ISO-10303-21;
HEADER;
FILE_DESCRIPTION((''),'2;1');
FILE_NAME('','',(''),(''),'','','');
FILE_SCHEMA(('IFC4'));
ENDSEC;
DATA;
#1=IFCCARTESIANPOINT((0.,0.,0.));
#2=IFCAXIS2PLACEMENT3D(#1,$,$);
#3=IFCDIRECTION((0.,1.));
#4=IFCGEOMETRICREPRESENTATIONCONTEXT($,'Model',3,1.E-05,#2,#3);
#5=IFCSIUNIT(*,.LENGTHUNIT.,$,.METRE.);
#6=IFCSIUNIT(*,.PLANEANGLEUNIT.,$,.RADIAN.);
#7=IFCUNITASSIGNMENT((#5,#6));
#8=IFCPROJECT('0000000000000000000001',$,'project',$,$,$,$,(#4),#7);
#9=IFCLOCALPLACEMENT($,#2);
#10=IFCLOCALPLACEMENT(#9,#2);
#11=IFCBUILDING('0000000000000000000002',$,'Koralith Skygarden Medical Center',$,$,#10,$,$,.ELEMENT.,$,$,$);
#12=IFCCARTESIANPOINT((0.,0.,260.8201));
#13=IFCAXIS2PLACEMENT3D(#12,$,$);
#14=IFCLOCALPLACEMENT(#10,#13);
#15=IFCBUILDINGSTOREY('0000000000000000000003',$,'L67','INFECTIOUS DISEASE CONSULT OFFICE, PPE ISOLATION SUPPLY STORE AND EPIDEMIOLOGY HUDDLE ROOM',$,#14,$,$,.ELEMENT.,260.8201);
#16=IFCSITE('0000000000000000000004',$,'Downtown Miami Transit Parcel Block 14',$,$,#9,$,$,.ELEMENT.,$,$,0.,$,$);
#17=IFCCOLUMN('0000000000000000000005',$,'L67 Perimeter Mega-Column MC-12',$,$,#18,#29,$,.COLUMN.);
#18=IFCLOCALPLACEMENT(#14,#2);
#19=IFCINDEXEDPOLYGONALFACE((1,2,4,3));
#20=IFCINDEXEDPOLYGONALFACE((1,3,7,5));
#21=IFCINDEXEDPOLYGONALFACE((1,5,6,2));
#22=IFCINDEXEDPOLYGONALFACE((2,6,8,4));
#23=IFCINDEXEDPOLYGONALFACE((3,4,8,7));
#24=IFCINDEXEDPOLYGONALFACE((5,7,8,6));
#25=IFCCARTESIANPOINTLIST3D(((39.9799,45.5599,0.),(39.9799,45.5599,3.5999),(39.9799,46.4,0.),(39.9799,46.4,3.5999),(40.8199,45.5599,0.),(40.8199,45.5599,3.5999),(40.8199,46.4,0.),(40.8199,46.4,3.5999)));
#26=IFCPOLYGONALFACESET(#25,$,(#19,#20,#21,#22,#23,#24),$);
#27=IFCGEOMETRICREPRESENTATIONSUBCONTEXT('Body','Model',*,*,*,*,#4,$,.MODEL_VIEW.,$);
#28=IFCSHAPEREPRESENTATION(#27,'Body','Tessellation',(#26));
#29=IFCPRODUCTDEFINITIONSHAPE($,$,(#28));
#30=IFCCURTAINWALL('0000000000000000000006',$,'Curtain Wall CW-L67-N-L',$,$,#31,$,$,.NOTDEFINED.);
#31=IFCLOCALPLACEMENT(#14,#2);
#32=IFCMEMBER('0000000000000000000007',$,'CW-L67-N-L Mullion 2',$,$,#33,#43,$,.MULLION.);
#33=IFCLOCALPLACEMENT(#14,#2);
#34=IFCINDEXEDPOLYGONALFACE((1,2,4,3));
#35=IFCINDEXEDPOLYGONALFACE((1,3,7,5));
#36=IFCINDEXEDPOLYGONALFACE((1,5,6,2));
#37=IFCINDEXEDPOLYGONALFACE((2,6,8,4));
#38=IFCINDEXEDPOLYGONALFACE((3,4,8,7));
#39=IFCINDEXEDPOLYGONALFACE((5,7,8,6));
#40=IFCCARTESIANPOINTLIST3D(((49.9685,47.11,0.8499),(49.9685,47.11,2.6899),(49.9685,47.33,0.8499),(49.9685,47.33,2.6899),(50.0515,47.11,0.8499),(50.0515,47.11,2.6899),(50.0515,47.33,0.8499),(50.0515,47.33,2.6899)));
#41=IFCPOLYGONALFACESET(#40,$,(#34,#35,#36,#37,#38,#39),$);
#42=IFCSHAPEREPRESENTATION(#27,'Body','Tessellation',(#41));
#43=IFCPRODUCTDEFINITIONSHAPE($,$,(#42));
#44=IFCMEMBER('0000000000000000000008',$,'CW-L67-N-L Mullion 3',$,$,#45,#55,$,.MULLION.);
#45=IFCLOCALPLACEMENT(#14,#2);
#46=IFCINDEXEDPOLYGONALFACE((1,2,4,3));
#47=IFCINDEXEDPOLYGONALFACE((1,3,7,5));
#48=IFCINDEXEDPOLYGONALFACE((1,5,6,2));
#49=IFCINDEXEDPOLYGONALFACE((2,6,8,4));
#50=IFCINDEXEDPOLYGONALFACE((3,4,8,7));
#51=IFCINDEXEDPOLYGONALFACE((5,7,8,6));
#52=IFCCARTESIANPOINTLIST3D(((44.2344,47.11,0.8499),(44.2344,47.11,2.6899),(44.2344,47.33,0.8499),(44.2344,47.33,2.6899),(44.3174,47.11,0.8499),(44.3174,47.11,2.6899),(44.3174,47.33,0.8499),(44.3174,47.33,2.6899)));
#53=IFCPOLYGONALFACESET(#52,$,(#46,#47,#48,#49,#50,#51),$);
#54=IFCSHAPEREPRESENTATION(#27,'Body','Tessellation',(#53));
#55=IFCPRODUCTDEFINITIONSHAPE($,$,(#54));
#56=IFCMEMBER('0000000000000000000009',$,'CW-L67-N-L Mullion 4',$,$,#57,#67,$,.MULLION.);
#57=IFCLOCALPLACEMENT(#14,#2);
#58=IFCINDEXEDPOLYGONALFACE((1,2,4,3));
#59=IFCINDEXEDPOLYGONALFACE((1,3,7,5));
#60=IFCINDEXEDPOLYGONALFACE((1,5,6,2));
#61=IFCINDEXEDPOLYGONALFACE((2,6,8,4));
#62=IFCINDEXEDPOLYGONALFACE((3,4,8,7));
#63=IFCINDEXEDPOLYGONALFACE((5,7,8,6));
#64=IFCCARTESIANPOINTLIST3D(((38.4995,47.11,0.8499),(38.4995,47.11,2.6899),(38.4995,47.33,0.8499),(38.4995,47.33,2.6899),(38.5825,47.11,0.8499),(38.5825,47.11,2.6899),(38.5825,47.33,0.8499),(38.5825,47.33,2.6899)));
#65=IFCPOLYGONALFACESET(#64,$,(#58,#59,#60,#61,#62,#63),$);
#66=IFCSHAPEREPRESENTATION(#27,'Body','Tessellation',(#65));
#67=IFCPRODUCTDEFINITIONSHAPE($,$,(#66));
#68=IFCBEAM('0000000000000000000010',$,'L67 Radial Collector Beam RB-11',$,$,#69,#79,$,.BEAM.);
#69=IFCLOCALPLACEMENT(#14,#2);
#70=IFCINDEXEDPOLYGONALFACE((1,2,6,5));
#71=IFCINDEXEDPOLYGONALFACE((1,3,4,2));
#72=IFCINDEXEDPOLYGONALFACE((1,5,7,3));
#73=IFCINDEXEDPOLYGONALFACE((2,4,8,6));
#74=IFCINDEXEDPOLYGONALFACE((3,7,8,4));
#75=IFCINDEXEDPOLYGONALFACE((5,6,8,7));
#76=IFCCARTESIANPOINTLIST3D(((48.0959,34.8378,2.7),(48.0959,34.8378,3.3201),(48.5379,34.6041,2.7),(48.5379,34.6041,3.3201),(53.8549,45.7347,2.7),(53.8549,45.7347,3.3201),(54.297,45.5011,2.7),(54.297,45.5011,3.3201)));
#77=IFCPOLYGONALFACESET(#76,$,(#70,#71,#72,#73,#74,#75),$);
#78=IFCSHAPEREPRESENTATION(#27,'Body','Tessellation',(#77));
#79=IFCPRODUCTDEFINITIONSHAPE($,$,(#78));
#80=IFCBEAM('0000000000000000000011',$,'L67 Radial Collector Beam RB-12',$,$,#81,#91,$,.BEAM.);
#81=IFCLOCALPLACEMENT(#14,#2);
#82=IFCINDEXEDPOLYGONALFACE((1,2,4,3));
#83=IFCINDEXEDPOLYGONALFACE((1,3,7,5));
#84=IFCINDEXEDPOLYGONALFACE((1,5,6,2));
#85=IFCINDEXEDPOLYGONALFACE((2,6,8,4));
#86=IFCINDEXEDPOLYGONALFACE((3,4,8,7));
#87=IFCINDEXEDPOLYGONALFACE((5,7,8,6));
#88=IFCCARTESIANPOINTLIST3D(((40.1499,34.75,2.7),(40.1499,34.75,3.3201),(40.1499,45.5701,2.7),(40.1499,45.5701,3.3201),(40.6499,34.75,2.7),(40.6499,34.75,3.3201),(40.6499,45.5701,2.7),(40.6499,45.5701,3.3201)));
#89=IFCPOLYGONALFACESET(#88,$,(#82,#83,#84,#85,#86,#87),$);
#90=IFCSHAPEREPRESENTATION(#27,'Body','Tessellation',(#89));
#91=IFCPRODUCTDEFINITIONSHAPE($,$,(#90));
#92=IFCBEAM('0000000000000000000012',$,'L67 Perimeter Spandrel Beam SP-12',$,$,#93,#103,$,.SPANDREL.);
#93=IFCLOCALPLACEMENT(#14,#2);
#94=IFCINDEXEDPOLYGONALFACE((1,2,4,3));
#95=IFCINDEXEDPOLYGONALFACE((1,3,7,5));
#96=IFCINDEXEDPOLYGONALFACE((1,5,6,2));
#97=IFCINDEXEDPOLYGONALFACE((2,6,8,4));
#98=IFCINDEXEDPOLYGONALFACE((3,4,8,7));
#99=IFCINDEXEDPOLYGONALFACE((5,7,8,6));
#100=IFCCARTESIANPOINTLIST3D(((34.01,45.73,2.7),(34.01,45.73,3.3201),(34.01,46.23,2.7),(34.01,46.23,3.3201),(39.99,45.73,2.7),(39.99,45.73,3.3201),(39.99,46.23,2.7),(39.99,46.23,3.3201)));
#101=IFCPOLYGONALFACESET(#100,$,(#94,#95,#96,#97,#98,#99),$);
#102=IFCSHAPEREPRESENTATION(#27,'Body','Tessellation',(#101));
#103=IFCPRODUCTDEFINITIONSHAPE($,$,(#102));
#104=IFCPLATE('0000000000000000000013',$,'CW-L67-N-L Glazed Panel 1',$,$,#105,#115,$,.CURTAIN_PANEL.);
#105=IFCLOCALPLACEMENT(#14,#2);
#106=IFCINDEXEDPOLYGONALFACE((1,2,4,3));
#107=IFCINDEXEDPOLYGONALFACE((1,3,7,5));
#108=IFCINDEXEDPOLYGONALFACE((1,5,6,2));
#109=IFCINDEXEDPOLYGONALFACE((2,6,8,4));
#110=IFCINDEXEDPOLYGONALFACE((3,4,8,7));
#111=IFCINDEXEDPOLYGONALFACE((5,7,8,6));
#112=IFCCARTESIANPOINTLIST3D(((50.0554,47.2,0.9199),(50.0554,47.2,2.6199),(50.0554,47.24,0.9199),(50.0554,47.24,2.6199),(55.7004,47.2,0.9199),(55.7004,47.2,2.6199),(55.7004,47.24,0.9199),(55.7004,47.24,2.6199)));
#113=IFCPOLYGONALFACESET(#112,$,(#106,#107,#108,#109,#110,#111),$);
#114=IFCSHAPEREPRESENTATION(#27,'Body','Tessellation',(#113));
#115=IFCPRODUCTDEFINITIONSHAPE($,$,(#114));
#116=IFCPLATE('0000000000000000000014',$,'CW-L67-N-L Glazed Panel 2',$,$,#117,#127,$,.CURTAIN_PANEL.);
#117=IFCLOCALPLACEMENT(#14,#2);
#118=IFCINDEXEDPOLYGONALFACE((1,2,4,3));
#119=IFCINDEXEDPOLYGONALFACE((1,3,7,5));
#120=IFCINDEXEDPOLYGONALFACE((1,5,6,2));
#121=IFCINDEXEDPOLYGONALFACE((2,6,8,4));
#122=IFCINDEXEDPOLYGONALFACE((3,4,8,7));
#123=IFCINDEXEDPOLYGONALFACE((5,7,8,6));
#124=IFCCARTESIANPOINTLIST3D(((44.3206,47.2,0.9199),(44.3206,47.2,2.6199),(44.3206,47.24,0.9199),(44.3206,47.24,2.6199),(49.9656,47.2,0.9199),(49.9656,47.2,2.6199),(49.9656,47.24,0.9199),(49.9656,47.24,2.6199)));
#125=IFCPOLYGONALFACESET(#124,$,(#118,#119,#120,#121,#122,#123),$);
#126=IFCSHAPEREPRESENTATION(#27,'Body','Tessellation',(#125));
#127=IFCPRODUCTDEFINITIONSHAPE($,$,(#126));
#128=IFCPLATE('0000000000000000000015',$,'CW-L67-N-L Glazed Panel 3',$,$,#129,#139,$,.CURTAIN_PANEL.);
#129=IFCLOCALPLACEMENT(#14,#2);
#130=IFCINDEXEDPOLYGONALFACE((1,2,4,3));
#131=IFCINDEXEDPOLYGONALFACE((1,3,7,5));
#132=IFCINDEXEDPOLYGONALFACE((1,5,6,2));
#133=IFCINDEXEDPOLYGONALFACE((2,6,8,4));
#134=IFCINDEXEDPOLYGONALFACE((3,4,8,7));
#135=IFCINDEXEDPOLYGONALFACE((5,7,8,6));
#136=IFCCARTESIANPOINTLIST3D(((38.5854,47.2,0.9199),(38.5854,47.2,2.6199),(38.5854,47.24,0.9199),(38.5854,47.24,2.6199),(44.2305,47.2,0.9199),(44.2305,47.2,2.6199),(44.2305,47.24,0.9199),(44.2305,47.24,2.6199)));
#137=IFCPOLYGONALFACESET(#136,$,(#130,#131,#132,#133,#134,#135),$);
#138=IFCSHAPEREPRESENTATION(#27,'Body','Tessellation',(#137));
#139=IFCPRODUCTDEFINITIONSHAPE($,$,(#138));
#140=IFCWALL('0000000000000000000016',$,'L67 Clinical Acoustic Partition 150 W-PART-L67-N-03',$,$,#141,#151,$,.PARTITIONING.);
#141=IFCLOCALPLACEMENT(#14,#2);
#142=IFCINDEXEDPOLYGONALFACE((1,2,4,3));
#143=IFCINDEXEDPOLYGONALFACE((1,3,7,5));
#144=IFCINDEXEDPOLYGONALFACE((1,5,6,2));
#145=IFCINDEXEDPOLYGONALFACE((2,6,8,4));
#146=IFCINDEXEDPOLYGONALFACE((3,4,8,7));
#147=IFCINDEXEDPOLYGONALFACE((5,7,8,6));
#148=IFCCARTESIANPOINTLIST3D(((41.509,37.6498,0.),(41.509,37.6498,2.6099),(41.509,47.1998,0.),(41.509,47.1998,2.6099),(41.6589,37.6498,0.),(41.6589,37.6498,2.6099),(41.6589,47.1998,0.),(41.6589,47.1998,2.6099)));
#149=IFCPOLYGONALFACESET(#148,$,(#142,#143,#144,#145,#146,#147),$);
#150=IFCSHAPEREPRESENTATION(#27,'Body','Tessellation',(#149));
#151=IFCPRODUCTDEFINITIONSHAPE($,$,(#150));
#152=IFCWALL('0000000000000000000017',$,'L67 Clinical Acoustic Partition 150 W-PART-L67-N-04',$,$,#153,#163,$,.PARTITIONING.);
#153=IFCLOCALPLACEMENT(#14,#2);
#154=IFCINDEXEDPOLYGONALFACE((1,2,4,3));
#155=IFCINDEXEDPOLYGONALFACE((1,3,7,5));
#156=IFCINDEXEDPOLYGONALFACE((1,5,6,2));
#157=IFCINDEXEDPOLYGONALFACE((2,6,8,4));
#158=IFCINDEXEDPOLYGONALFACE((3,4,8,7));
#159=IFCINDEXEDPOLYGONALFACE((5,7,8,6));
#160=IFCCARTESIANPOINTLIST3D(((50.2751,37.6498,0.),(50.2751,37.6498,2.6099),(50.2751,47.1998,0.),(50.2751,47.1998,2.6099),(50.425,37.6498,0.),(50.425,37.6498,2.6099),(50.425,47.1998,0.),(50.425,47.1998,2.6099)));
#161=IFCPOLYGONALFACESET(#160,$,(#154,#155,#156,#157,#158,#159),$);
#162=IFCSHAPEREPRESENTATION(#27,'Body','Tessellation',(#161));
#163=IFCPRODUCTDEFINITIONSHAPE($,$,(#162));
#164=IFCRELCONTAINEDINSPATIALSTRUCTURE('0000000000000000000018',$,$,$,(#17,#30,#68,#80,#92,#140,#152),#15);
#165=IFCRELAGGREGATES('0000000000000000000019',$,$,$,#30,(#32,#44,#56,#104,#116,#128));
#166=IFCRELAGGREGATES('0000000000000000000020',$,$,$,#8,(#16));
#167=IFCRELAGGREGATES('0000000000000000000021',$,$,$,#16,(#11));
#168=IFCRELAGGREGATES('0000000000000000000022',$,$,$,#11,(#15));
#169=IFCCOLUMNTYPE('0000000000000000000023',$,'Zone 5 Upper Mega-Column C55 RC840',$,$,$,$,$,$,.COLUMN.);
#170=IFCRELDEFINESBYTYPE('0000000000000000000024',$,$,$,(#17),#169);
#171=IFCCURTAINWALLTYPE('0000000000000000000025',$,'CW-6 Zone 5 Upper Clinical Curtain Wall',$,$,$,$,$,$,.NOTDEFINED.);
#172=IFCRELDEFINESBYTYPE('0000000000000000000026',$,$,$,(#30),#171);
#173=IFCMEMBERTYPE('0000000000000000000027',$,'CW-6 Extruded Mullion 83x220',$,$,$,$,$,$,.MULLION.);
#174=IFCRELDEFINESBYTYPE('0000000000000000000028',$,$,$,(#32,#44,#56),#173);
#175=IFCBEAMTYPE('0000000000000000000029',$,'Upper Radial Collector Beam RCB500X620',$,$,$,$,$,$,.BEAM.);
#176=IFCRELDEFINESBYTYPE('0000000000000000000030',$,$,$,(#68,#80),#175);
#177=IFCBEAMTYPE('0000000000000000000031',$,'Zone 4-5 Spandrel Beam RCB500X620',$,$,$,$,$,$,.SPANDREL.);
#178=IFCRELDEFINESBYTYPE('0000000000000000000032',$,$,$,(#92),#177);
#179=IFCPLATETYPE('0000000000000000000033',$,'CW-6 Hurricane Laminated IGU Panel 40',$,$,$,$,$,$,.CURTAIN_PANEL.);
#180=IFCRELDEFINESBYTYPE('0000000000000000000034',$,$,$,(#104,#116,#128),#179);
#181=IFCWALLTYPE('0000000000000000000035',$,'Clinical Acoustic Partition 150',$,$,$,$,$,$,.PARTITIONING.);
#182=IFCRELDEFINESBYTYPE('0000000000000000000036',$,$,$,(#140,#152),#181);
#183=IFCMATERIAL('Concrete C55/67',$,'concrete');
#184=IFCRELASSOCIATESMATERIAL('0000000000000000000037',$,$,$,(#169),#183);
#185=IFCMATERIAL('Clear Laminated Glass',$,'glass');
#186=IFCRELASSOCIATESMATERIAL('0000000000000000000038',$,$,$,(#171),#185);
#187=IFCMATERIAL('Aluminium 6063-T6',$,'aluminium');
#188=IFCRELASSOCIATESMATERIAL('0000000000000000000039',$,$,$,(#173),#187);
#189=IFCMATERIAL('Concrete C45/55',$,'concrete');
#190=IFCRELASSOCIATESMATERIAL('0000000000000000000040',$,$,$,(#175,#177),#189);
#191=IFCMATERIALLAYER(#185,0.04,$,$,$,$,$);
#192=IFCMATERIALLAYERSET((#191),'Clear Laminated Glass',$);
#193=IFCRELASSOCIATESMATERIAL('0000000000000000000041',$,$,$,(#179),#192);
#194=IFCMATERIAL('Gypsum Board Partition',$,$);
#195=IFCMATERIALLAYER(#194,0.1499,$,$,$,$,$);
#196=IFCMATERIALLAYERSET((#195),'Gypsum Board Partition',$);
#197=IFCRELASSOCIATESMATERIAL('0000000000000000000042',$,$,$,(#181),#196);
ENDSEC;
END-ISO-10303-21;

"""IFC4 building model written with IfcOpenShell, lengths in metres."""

from ifc_helpers import new_model, si_unit, direction, frame, frame_2d, origin, origin_2d, place, context, subcontext, project, spatial, rectangle, extrude, material, layer, layer_set, material_profile, profile_set, type_object, element, aggregate, save


model = new_model("IFC4")

# Units and contexts
model_context = context("Model", 3, precision=1e-05, world=origin(), true_north=direction((0.0, 1.0)))
body_context = subcontext(model_context, "Body", "Model", "MODEL_VIEW")
ifc_project = project(units=[si_unit("LENGTHUNIT", "METRE"), si_unit("PLANEANGLEUNIT", "RADIAN")], contexts=[model_context])

# Site, building, storey
site_placement = place(None, origin())
site = spatial("IfcSite", under=ifc_project, at=site_placement, Name="Downtown Miami Transit Parcel Block 14", CompositionType="ELEMENT", RefElevation=0.0)
building_placement = place(site_placement, origin())
building = spatial("IfcBuilding", under=site, at=building_placement, Name="Koralith Skygarden Medical Center", CompositionType="ELEMENT")
storey_placement = place(building_placement, frame((0.0, 0.0, 260.8201)))
storey = spatial("IfcBuildingStorey", under=building, at=storey_placement, Name="L67", Description="INFECTIOUS DISEASE CONSULT OFFICE, PPE ISOLATION SUPPLY STORE AND EPIDEMIOLOGY HUDDLE ROOM", CompositionType="ELEMENT", Elevation=260.8201)

# Column
ifc_material_1 = material(Name="Concrete C55/67", Category="concrete")
ifc_material_profile_1 = material_profile(ifc_material_1, rectangle(XDim=0.8401, YDim=0.8401, at=origin_2d()), Name="RC840X840")
ifc_profile_set_1 = profile_set([ifc_material_profile_1], Name="Concrete C55/67")
column_type = type_object("IfcColumnType", Name="Zone 5 Upper Mega-Column C55 RC840", PredefinedType="COLUMN", material=ifc_profile_set_1)
column_placement = place(storey_placement, frame((40.3999, 45.98, 0.0), z_axis=(0.0, 0.0, 1.0), x_axis=(1.0, 0.0, 0.0)))
element("IfcColumn", 1, at=column_placement, inside=storey, type_object=column_type, Name="L67 Perimeter Mega-Column MC-12", PredefinedType="COLUMN", context=body_context, shape_type="SweptSolid", body=[
    extrude(rectangle(XDim=0.8401, YDim=0.8401, at=origin_2d()), origin(), (0.0, 0.0, 1.0), 3.5999),
])

# Curtain wall, members
ifc_material_2 = material(Name="Clear Laminated Glass", Category="glass")
curtain_wall_type = type_object("IfcCurtainWallType", Name="CW-6 Zone 5 Upper Clinical Curtain Wall", PredefinedType="NOTDEFINED", material=ifc_material_2)
curtain_wall_placement = place(storey_placement, origin())
curtain_wall = element("IfcCurtainWall", 2, at=curtain_wall_placement, inside=storey, type_object=curtain_wall_type, Name="Curtain Wall CW-L67-N-L", PredefinedType="NOTDEFINED")
ifc_material_3 = material(Name="Aluminium 6063-T6", Category="aluminium")
ifc_material_profile_2 = material_profile(ifc_material_3, rectangle(XDim=0.083, YDim=0.22, at=origin_2d()), Name="MUL83X220")
ifc_profile_set_2 = profile_set([ifc_material_profile_2], Name="Aluminium 6063-T6")
member_type = type_object("IfcMemberType", Name="CW-6 Extruded Mullion 83x220", PredefinedType="MULLION", material=ifc_profile_set_2)
member_1_placement = place(storey_placement, frame((50.01, 47.22, 0.8499), z_axis=(0.0, 0.0, 1.0), x_axis=(1.0, 0.0, 0.0)))
member_1 = element("IfcMember", 3, at=member_1_placement, type_object=member_type, Name="CW-L67-N-L Mullion 2", PredefinedType="MULLION", context=body_context, shape_type="SweptSolid", body=[
    extrude(rectangle(XDim=0.083, YDim=0.22, at=origin_2d()), origin(), (0.0, 0.0, 1.0), 1.8401),
])
member_2_placement = place(storey_placement, frame((44.2759, 47.22, 0.8499), z_axis=(0.0, 0.0, 1.0), x_axis=(1.0, 0.0, 0.0)))
member_2 = element("IfcMember", 4, at=member_2_placement, type_object=member_type, Name="CW-L67-N-L Mullion 3", PredefinedType="MULLION", context=body_context, shape_type="SweptSolid", body=[
    extrude(rectangle(XDim=0.083, YDim=0.22, at=origin_2d()), origin(), (0.0, 0.0, 1.0), 1.8401),
])
member_3_placement = place(storey_placement, frame((38.541, 47.22, 0.8499), z_axis=(0.0, 0.0, 1.0), x_axis=(1.0, 0.0, 0.0)))
member_3 = element("IfcMember", 5, at=member_3_placement, type_object=member_type, Name="CW-L67-N-L Mullion 4", PredefinedType="MULLION", context=body_context, shape_type="SweptSolid", body=[
    extrude(rectangle(XDim=0.083, YDim=0.22, at=origin_2d()), origin(), (0.0, 0.0, 1.0), 1.8401),
])

# Beams
ifc_material_4 = material(Name="Concrete C45/55", Category="concrete")
ifc_material_profile_3 = material_profile(ifc_material_4, rectangle(XDim=0.5, YDim=0.6201, at=origin_2d()), Name="RCB500X620")
ifc_profile_set_3 = profile_set([ifc_material_profile_3], Name="Concrete C45/55")
beam_type_1 = type_object("IfcBeamType", Name="Upper Radial Collector Beam RCB500X620", PredefinedType="BEAM", material=ifc_profile_set_3)
beam_1_placement = place(storey_placement, frame((48.3169, 34.7209, 3.01), z_axis=(0.467257, 0.884122, 0.0), x_axis=(-0.884122, 0.467257, 0.0)))
element("IfcBeam", 6, at=beam_1_placement, inside=storey, type_object=beam_type_1, Name="L67 Radial Collector Beam RB-11", PredefinedType="BEAM", context=body_context, shape_type="SweptSolid", body=[
    extrude(rectangle(XDim=0.5, YDim=0.6201, at=origin_2d()), origin(), (0.0, 0.0, 1.0), 12.3252),
])
beam_2_placement = place(storey_placement, frame((40.3999, 34.75, 3.01), z_axis=(0.0, 1.0, 0.0), x_axis=(-1.0, 0.0, 0.0)))
element("IfcBeam", 7, at=beam_2_placement, inside=storey, type_object=beam_type_1, Name="L67 Radial Collector Beam RB-12", PredefinedType="BEAM", context=body_context, shape_type="SweptSolid", body=[
    extrude(rectangle(XDim=0.5, YDim=0.6201, at=origin_2d()), origin(), (0.0, 0.0, 1.0), 10.8201),
])
ifc_material_profile_4 = material_profile(ifc_material_4, rectangle(XDim=0.5, YDim=0.6201, at=origin_2d()), Name="RCB500X620")
ifc_profile_set_4 = profile_set([ifc_material_profile_4], Name="Concrete C45/55")
beam_type_2 = type_object("IfcBeamType", Name="Zone 4-5 Spandrel Beam RCB500X620", PredefinedType="SPANDREL", material=ifc_profile_set_4)
beam_3_placement = place(storey_placement, frame((39.99, 45.98, 3.01), z_axis=(-1.0, 0.0, 0.0), x_axis=(0.0, -1.0, 0.0)))
element("IfcBeam", 8, at=beam_3_placement, inside=storey, type_object=beam_type_2, Name="L67 Perimeter Spandrel Beam SP-12", PredefinedType="SPANDREL", context=body_context, shape_type="SweptSolid", body=[
    extrude(rectangle(XDim=0.5, YDim=0.6201, at=origin_2d()), origin(), (0.0, 0.0, 1.0), 5.98),
])

# Plates
ifc_layer_1 = layer(ifc_material_2, 0.04)
ifc_layer_set_1 = layer_set([ifc_layer_1], Name="Clear Laminated Glass")
plate_type = type_object("IfcPlateType", Name="CW-6 Hurricane Laminated IGU Panel 40", PredefinedType="CURTAIN_PANEL", material=ifc_layer_set_1)
plate_1_placement = place(storey_placement, frame((52.8779, 47.22, 0.9199), z_axis=(0.0, 0.0, 1.0), x_axis=(-1.0, 0.0, 0.0)))
plate_1 = element("IfcPlate", 9, at=plate_1_placement, type_object=plate_type, Name="CW-L67-N-L Glazed Panel 1", PredefinedType="CURTAIN_PANEL", context=body_context, shape_type="SweptSolid", body=[
    extrude(rectangle(XDim=5.645, YDim=0.04, at=origin_2d()), origin(), (0.0, 0.0, 1.0), 1.7),
])
plate_2_placement = place(storey_placement, frame((47.1431, 47.22, 0.9199), z_axis=(0.0, 0.0, 1.0), x_axis=(-1.0, 0.0, 0.0)))
plate_2 = element("IfcPlate", 10, at=plate_2_placement, type_object=plate_type, Name="CW-L67-N-L Glazed Panel 2", PredefinedType="CURTAIN_PANEL", context=body_context, shape_type="SweptSolid", body=[
    extrude(rectangle(XDim=5.645, YDim=0.04, at=origin_2d()), origin(), (0.0, 0.0, 1.0), 1.7),
])
plate_3_placement = place(storey_placement, frame((41.408, 47.22, 0.9199), z_axis=(0.0, 0.0, 1.0), x_axis=(-1.0, 0.0, 0.0)))
plate_3 = element("IfcPlate", 11, at=plate_3_placement, type_object=plate_type, Name="CW-L67-N-L Glazed Panel 3", PredefinedType="CURTAIN_PANEL", context=body_context, shape_type="SweptSolid", body=[
    extrude(rectangle(XDim=5.645, YDim=0.04, at=origin_2d()), origin(), (0.0, 0.0, 1.0), 1.7),
])
aggregate(curtain_wall, [member_1, member_2, member_3, plate_1, plate_2, plate_3])

# Walls
ifc_material_5 = material(Name="Gypsum Board Partition")
ifc_layer_2 = layer(ifc_material_5, 0.1499)
ifc_layer_set_2 = layer_set([ifc_layer_2], Name="Gypsum Board Partition")
wall_type_1 = type_object("IfcWallType", Name="Clinical Acoustic Partition 150", PredefinedType="PARTITIONING", material=ifc_layer_set_2)
for number, where, z_axis, x_axis, name in (
    (12, (41.584, 37.6499, 0.0), (0.0, 0.0, 1.0), (0.0, 1.0, 0.0), "L67 Clinical Acoustic Partition 150 W-PART-L67-N-03"),
    (13, (50.3501, 37.6499, 0.0), (0.0, 0.0, 1.0), (0.0, 1.0, 0.0), "L67 Clinical Acoustic Partition 150 W-PART-L67-N-04"),
):
    element("IfcWall", number, at=place(storey_placement, frame(where, z_axis=z_axis, x_axis=x_axis)), inside=storey, type_object=wall_type_1, Name=name, PredefinedType="PARTITIONING", context=body_context, shape_type="SweptSolid", body=[
        extrude(rectangle(XDim=9.55, YDim=0.1499, at=frame_2d((4.7749, 0.0))), origin(), (0.0, 0.0, 1.0), 2.6099),
    ])

save(model, "model.ifc")
